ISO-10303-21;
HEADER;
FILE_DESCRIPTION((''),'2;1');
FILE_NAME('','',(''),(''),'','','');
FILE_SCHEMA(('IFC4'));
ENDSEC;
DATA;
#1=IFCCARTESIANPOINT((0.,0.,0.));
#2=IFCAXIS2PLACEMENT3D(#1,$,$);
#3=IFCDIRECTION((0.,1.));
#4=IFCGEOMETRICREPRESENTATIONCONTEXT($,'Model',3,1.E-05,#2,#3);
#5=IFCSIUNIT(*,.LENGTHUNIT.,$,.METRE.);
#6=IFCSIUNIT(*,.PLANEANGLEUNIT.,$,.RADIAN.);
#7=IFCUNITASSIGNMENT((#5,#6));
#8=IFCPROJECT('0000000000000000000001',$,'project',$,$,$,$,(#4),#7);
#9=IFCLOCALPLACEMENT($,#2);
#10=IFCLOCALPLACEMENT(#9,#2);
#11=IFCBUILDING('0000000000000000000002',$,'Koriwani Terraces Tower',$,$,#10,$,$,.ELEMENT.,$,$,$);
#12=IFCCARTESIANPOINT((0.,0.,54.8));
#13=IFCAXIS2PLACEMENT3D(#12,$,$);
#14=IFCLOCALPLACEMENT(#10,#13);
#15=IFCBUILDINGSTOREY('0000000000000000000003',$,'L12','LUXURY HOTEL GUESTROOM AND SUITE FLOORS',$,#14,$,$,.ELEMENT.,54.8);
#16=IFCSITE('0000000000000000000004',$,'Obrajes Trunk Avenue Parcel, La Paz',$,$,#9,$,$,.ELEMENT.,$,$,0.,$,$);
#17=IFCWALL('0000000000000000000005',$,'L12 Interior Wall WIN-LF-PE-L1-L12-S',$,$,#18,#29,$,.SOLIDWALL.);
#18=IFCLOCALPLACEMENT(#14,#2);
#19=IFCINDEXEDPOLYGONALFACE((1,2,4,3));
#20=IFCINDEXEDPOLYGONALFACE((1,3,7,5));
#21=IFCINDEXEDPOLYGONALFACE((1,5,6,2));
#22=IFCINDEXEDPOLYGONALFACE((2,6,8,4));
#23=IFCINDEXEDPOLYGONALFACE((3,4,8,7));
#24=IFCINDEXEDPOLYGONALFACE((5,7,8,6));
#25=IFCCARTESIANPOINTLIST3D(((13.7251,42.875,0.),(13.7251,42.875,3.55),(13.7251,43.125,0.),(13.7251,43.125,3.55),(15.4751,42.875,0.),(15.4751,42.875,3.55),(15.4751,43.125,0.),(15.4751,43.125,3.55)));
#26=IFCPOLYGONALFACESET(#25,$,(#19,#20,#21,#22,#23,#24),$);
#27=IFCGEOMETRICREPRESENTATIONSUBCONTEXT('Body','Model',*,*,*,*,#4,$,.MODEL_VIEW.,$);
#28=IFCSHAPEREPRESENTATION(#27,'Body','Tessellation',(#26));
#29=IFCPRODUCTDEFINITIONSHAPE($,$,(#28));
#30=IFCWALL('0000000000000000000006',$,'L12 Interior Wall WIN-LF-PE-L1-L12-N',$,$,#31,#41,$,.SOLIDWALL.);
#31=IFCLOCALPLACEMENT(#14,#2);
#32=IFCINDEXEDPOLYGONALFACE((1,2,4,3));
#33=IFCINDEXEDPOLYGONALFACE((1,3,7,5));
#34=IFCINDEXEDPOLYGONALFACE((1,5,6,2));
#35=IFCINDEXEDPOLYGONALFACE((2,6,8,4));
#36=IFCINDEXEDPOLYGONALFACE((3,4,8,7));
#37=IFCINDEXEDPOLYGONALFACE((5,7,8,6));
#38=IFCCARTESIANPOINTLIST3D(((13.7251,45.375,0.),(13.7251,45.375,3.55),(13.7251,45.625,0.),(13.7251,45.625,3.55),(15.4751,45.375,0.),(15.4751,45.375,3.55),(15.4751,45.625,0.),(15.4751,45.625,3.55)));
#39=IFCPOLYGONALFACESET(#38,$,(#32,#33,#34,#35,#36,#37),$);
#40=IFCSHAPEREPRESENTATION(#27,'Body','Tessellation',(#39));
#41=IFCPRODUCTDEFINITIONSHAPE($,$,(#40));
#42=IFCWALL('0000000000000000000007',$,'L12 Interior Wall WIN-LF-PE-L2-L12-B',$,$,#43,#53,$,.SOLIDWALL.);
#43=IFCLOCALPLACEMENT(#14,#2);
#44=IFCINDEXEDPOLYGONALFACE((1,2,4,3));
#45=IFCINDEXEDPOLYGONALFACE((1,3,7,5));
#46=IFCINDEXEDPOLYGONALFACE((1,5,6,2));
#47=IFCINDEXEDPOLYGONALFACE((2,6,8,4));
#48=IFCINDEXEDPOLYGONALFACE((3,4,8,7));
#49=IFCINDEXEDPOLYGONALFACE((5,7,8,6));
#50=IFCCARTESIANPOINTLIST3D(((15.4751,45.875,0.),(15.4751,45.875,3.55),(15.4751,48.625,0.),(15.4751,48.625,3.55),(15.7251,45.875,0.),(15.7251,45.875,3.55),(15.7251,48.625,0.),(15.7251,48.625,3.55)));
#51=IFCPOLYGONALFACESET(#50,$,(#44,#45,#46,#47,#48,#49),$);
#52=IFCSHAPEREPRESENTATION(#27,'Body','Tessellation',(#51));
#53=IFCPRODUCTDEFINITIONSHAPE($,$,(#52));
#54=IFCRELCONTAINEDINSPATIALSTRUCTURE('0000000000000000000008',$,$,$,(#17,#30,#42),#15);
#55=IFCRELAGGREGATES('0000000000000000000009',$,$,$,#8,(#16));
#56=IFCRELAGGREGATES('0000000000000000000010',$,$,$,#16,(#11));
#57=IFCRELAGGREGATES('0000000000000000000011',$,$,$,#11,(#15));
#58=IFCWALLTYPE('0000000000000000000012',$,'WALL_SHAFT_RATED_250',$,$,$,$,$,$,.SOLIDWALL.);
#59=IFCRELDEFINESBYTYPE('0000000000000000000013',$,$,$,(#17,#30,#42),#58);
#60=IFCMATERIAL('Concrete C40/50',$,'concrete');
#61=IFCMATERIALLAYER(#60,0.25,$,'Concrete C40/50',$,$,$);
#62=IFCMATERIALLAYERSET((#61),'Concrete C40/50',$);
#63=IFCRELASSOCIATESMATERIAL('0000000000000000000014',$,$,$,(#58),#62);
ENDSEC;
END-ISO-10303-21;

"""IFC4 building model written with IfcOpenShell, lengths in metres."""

from ifc_helpers import new_model, si_unit, direction, frame, frame_2d, origin, place, context, subcontext, project, spatial, rectangle, extrude, material, layer, layer_set, type_object, element, save


model = new_model("IFC4")

# Units and contexts
model_context = context("Model", 3, precision=1e-05, world=origin(), true_north=direction((0.0, 1.0)))
body_context = subcontext(model_context, "Body", "Model", "MODEL_VIEW")
ifc_project = project(units=[si_unit("LENGTHUNIT", "METRE"), si_unit("PLANEANGLEUNIT", "RADIAN")], contexts=[model_context])

# Site, building, storey
site_placement = place(None, origin())
site = spatial("IfcSite", under=ifc_project, at=site_placement, Name="Obrajes Trunk Avenue Parcel, La Paz", CompositionType="ELEMENT", RefElevation=0.0)
building_placement = place(site_placement, origin())
building = spatial("IfcBuilding", under=site, at=building_placement, Name="Koriwani Terraces Tower", CompositionType="ELEMENT")
storey_placement = place(building_placement, frame((0.0, 0.0, 54.8)))
storey = spatial("IfcBuildingStorey", under=building, at=storey_placement, Name="L12", Description="LUXURY HOTEL GUESTROOM AND SUITE FLOORS", CompositionType="ELEMENT", Elevation=54.8)

# Shared definitions
ifc_material_1 = material(Name="Concrete C40/50", Category="concrete")

# Shared definitions
ifc_layer_1 = layer(ifc_material_1, 0.25, Name="Concrete C40/50")
ifc_layer_set_1 = layer_set([ifc_layer_1], Name="Concrete C40/50")
wall_type_1 = type_object("IfcWallType", Name="WALL_SHAFT_RATED_250", PredefinedType="SOLIDWALL", material=ifc_layer_set_1)

# Walls
for number, where, z_axis, x_axis, name in (
    (1, (13.7251, 43.0, 0.0), (0.0, 0.0, 1.0), (1.0, 0.0, 0.0), "L12 Interior Wall WIN-LF-PE-L1-L12-S"),
    (2, (13.7251, 45.5, 0.0), (0.0, 0.0, 1.0), (1.0, 0.0, 0.0), "L12 Interior Wall WIN-LF-PE-L1-L12-N"),
):
    element("IfcWall", number, at=place(storey_placement, frame(where, z_axis=z_axis, x_axis=x_axis)), inside=storey, type_object=wall_type_1, Name=name, PredefinedType="SOLIDWALL", context=body_context, shape_type="SweptSolid", body=[
        extrude(rectangle(XDim=1.75, YDim=0.25, at=frame_2d((0.875, 0.0))), origin(), (0.0, 0.0, 1.0), 3.55),
    ])

# Wall
wall_1_placement = place(storey_placement, frame((15.6001, 45.875, 0.0), z_axis=(0.0, 0.0, 1.0), x_axis=(0.0, 1.0, 0.0)))
element("IfcWall", 3, at=wall_1_placement, inside=storey, type_object=wall_type_1, Name="L12 Interior Wall WIN-LF-PE-L2-L12-B", PredefinedType="SOLIDWALL", context=body_context, shape_type="SweptSolid", body=[
    extrude(rectangle(XDim=2.75, YDim=0.25, at=frame_2d((1.375, 0.0))), origin(), (0.0, 0.0, 1.0), 3.55),
])

save(model, "model.ifc")
